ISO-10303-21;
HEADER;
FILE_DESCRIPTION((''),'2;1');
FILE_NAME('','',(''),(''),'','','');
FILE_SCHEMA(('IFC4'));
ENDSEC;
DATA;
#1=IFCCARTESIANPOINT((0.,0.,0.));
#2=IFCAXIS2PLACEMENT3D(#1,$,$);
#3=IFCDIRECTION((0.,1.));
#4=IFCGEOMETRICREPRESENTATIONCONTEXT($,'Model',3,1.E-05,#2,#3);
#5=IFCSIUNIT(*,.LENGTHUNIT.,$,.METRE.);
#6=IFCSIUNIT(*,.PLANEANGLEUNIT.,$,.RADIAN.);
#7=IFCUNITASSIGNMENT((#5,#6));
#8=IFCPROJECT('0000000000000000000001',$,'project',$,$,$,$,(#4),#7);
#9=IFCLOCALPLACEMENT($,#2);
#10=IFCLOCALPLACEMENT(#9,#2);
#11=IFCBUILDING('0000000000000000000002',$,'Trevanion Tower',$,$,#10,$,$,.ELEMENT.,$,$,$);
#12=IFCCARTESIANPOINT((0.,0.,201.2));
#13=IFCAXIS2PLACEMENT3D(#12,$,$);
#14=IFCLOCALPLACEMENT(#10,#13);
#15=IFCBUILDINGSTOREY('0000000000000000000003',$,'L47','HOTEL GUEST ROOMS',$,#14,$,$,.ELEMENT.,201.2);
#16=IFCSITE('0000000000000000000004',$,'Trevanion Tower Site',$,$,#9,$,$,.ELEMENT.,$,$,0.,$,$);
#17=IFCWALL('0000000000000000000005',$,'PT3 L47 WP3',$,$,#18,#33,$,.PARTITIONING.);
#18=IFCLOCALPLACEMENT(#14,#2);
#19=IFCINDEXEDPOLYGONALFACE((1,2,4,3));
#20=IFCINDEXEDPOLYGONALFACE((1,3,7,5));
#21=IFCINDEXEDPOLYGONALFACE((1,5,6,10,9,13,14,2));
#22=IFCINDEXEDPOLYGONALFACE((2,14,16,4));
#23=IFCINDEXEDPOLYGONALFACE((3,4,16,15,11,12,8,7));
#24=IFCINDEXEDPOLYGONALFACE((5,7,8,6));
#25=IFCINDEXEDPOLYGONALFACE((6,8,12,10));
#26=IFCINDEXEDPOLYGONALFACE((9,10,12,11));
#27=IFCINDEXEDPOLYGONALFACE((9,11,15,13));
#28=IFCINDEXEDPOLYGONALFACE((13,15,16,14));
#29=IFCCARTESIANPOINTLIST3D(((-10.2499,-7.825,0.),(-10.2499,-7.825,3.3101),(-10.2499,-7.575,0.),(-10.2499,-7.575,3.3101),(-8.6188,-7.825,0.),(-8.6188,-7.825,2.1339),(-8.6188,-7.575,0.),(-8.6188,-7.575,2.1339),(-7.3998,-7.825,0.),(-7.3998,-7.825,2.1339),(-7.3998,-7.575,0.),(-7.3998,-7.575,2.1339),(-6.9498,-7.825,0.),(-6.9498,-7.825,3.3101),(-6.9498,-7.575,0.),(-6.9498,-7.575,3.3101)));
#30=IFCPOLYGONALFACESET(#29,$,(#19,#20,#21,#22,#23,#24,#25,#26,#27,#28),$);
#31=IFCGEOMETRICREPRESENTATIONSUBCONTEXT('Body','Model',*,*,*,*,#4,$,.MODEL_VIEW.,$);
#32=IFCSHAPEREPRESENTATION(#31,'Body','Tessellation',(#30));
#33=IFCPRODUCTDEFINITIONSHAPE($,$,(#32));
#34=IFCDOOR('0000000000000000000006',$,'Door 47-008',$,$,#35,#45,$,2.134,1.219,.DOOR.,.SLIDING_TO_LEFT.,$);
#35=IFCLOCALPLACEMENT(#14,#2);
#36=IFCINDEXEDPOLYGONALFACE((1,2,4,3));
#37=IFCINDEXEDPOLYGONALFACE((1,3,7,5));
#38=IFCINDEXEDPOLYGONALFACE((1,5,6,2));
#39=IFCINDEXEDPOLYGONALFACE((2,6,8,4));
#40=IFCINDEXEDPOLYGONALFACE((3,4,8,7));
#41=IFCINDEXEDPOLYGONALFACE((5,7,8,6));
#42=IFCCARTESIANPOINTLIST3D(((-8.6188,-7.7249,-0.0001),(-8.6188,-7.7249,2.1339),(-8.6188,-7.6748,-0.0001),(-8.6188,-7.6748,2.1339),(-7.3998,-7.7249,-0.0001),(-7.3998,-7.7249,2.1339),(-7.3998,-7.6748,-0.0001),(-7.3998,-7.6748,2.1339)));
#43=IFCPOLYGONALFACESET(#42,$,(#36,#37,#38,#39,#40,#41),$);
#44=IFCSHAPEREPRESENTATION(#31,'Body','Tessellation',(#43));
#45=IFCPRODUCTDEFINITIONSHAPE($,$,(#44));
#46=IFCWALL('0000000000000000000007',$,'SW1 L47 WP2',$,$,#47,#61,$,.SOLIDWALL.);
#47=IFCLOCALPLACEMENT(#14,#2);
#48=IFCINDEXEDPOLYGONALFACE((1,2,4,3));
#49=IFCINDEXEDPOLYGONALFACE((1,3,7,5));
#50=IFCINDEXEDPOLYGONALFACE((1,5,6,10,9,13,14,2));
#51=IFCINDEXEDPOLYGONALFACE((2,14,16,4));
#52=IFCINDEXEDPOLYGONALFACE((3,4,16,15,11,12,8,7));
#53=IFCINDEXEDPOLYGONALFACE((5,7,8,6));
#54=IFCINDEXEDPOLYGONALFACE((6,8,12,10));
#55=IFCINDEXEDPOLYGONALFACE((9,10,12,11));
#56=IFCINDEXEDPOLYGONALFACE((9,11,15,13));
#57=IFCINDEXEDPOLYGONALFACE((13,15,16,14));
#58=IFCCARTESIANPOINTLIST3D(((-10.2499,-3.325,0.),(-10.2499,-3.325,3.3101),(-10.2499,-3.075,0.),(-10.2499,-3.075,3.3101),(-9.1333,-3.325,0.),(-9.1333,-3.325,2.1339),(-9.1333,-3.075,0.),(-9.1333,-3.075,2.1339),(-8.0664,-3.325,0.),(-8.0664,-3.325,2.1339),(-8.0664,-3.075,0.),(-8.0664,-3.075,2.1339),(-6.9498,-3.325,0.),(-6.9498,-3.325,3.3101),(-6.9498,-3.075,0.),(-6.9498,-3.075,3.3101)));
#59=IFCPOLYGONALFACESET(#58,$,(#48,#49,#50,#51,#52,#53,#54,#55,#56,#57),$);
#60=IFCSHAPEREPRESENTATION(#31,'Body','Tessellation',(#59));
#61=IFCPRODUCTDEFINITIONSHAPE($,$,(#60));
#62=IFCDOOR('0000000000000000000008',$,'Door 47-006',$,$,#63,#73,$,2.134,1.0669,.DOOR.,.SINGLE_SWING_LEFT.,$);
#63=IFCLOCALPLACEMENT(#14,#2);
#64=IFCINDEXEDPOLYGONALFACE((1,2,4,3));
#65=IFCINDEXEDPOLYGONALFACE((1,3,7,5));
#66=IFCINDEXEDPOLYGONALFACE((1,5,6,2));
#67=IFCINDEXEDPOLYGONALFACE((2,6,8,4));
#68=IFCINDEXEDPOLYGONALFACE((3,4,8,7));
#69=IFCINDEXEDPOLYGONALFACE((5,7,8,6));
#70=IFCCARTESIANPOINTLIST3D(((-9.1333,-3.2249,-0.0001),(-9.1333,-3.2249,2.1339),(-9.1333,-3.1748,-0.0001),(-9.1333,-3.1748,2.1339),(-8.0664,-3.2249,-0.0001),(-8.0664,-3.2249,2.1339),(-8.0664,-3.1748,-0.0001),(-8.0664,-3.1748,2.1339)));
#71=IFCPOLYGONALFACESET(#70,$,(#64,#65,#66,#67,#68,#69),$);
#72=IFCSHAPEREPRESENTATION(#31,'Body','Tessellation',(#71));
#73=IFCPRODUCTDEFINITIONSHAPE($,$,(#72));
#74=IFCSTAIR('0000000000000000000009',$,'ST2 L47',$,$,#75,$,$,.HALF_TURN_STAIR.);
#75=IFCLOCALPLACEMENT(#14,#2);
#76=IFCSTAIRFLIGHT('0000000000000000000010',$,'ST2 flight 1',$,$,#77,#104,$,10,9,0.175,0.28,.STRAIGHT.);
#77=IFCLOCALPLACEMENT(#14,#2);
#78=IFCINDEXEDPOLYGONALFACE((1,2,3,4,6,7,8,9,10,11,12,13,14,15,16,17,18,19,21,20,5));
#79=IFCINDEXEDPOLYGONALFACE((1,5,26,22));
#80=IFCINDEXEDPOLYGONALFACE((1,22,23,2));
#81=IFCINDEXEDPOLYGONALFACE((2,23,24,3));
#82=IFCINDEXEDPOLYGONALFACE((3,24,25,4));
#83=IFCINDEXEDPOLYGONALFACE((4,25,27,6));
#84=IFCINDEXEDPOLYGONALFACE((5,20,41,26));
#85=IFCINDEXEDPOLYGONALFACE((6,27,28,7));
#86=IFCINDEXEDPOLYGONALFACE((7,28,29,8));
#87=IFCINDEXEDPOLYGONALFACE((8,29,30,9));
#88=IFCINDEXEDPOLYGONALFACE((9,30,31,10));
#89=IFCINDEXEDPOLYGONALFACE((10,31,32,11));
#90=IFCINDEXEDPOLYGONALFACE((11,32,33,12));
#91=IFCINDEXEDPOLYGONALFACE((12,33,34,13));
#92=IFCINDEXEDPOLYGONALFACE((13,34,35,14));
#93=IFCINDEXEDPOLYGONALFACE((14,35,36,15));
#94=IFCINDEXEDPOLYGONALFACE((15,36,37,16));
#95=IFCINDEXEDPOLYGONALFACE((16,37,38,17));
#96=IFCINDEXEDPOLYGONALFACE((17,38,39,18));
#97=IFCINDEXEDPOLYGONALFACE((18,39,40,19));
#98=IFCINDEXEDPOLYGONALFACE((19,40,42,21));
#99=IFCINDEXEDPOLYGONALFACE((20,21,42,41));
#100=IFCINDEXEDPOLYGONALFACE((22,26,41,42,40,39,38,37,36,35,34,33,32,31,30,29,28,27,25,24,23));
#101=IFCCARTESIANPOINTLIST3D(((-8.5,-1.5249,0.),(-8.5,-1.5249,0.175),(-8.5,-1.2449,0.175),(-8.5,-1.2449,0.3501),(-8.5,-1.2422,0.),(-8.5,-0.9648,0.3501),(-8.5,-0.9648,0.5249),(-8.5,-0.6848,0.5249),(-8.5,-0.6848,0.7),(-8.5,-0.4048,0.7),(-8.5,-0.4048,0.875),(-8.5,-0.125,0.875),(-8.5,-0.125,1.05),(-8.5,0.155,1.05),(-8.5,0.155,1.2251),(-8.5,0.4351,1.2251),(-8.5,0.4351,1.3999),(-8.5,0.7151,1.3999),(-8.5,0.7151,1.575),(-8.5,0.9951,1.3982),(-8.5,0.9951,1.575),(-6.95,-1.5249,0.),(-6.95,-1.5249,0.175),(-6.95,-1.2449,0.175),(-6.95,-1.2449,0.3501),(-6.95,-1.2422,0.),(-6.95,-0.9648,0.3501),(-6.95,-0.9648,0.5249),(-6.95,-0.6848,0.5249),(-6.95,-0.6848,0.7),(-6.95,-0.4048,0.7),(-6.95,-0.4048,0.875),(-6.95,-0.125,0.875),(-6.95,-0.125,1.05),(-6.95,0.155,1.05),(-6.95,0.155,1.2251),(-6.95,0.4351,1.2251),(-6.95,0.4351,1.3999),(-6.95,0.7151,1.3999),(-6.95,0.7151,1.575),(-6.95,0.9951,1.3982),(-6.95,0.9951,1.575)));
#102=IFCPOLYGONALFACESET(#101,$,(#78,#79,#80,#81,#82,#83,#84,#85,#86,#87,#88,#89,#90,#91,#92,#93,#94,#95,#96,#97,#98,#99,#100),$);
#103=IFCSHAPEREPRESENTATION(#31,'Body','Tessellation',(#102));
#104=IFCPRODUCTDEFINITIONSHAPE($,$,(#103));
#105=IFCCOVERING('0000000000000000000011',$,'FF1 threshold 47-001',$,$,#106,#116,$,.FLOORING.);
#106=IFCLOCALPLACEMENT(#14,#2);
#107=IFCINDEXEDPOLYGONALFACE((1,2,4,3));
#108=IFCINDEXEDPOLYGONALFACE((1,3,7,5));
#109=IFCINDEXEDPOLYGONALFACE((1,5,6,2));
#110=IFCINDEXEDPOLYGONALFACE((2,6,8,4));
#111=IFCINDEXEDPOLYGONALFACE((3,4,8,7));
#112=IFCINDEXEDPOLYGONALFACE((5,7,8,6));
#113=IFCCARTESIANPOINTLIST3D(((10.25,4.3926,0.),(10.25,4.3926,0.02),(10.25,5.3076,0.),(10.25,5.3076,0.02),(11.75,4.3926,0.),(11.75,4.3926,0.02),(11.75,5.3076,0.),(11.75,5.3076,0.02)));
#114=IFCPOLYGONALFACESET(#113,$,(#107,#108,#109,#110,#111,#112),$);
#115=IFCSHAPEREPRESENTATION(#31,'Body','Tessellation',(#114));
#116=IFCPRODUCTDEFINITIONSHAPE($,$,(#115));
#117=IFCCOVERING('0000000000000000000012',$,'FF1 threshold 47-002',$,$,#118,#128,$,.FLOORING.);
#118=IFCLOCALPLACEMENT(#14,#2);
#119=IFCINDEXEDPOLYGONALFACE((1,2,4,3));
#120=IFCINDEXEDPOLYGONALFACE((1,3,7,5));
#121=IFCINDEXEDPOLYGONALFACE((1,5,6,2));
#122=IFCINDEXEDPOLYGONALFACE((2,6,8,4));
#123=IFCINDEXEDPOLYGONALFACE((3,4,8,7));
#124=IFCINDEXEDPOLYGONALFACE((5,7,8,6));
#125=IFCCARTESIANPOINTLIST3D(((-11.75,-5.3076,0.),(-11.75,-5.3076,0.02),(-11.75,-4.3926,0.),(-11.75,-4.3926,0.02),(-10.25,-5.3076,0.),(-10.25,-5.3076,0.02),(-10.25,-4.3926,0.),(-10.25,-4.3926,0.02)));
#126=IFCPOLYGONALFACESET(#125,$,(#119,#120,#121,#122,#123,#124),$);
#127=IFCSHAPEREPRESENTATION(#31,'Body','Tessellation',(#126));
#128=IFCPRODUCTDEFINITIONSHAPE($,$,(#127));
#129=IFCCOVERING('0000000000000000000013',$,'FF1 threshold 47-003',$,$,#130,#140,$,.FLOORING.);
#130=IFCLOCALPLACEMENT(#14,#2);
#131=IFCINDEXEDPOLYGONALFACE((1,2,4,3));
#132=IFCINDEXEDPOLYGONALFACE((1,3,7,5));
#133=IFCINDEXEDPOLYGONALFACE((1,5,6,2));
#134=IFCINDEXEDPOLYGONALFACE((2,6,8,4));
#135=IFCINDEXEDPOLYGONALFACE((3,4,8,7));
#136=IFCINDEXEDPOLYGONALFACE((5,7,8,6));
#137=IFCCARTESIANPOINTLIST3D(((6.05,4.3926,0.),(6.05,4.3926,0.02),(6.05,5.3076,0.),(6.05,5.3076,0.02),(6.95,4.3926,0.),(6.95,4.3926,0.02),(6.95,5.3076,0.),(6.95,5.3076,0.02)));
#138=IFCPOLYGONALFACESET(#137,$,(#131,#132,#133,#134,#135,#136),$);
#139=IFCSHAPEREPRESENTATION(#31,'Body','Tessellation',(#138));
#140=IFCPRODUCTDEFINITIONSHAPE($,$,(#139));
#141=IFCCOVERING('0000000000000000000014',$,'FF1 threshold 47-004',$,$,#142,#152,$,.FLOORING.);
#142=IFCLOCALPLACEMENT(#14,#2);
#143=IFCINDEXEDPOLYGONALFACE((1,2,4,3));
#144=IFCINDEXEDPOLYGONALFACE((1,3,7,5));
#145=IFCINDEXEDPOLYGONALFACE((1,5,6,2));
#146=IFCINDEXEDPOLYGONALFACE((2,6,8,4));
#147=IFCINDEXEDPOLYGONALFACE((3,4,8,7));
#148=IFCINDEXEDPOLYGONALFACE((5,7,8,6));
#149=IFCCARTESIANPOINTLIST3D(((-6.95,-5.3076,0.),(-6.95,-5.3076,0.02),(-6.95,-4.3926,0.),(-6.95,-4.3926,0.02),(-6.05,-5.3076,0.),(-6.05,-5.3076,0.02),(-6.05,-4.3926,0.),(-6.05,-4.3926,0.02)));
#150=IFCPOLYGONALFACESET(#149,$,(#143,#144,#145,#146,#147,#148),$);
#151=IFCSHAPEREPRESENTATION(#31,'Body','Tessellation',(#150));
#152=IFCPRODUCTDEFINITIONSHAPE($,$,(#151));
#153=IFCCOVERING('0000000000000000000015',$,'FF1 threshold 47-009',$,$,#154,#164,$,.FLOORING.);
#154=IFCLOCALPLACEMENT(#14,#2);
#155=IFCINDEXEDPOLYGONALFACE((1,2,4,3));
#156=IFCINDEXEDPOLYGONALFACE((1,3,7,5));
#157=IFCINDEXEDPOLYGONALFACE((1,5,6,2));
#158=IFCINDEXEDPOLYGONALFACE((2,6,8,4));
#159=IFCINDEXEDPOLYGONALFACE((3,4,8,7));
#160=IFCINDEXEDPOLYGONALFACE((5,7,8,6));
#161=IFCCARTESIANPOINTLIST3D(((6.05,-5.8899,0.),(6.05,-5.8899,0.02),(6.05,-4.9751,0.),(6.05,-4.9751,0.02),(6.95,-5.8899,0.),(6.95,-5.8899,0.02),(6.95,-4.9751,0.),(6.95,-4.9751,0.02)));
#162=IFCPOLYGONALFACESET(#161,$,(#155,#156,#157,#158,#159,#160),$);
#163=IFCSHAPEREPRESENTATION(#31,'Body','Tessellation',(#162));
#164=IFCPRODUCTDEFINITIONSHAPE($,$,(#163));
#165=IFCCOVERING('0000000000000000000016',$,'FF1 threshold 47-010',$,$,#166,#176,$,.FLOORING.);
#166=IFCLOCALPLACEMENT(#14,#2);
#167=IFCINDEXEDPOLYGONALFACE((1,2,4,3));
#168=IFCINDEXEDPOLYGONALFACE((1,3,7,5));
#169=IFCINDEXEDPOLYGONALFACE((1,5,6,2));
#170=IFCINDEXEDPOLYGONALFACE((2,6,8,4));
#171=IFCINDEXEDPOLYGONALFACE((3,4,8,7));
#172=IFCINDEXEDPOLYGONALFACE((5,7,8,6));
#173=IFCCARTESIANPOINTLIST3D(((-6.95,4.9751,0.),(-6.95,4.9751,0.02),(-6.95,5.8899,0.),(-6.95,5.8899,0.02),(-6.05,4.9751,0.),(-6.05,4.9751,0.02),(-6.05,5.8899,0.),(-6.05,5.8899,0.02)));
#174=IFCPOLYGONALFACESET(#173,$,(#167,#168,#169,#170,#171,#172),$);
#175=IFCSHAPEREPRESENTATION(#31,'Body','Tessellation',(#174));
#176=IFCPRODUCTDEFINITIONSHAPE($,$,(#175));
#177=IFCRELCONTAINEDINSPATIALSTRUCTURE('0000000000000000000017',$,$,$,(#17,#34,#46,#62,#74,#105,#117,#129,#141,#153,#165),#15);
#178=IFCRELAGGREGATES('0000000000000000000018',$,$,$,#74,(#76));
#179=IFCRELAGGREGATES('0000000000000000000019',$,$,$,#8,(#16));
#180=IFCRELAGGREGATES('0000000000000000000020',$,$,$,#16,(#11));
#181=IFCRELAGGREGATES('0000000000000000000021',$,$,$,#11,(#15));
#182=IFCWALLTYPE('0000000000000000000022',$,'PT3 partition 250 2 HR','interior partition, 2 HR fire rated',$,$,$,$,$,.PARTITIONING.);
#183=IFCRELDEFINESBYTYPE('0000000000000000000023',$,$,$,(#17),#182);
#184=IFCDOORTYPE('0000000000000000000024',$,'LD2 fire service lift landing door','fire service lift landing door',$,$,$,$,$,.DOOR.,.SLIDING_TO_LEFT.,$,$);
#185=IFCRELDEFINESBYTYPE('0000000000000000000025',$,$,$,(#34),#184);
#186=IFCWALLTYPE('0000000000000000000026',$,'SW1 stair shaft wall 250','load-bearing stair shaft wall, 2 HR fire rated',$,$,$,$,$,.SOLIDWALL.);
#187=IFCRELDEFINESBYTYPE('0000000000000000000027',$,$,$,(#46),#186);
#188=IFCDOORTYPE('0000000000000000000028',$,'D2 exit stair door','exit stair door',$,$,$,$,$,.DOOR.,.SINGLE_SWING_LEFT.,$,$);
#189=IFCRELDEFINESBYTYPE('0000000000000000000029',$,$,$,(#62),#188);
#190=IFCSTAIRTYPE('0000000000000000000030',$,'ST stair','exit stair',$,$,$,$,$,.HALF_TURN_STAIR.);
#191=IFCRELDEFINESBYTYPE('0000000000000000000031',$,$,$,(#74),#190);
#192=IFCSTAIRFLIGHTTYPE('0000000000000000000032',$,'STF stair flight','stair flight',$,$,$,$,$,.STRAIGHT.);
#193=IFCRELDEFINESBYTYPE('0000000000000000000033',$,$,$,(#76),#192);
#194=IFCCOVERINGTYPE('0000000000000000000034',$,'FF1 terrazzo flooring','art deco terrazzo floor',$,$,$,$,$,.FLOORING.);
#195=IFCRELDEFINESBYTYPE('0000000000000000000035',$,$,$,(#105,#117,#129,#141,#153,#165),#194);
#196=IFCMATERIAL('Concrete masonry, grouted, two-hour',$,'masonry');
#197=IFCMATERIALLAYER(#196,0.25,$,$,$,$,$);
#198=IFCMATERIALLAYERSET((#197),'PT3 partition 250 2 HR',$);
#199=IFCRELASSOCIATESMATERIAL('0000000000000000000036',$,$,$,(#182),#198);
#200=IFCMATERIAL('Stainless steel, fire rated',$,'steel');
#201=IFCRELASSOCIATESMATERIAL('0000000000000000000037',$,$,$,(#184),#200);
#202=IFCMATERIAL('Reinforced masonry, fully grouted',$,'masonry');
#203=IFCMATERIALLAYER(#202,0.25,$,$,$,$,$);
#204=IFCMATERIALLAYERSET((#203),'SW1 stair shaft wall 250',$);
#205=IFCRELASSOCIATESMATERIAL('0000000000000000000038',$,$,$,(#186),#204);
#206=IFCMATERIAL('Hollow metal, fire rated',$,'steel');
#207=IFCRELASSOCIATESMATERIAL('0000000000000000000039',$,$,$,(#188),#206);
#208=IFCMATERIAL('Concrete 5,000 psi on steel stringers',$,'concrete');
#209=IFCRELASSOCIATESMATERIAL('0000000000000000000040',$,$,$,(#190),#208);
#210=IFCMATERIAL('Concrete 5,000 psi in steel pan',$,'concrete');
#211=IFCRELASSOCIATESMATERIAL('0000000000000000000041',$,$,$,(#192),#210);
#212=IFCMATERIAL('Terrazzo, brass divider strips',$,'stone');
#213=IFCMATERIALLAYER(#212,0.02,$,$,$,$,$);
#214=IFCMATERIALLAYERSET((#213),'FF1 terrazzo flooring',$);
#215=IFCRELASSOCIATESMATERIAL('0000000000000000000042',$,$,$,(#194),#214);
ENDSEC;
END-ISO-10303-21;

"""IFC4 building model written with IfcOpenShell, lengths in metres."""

from ifc_helpers import new_model, si_unit, direction, frame, frame_2d, origin, place, context, subcontext, project, spatial, polyline, rectangle, outline, extrude, material, layer, layer_set, type_object, element, fill, aggregate, save


model = new_model("IFC4")

# Units and contexts
model_context = context("Model", 3, precision=1e-05, world=origin(), true_north=direction((0.0, 1.0)))
body_context = subcontext(model_context, "Body", "Model", "MODEL_VIEW")
ifc_project = project(units=[si_unit("LENGTHUNIT", "METRE"), si_unit("PLANEANGLEUNIT", "RADIAN")], contexts=[model_context])

# Site, building, storey
site_placement = place(None, origin())
site = spatial("IfcSite", under=ifc_project, at=site_placement, Name="Trevanion Tower Site", CompositionType="ELEMENT", RefElevation=0.0)
building_placement = place(site_placement, origin())
building = spatial("IfcBuilding", under=site, at=building_placement, Name="Trevanion Tower", CompositionType="ELEMENT")
storey_placement = place(building_placement, frame((0.0, 0.0, 201.2)))
storey = spatial("IfcBuildingStorey", under=building, at=storey_placement, Name="L47", Description="HOTEL GUEST ROOMS", CompositionType="ELEMENT", Elevation=201.2)

# Walls, openings, doors
ifc_material_1 = material(Name="Concrete masonry, grouted, two-hour", Category="masonry")
ifc_layer_1 = layer(ifc_material_1, 0.25)
ifc_layer_set_1 = layer_set([ifc_layer_1], Name="PT3 partition 250 2 HR")
wall_type_1 = type_object("IfcWallType", Name="PT3 partition 250 2 HR", Description="interior partition, 2 HR fire rated", PredefinedType="PARTITIONING", material=ifc_layer_set_1)
wall_1_placement = place(storey_placement, frame((-6.95, -7.7, 0.0), z_axis=(0.0, 0.0, 1.0), x_axis=(-1.0, 0.0, 0.0)))
wall_1 = element("IfcWall", 1, at=wall_1_placement, inside=storey, type_object=wall_type_1, Name="PT3 L47 WP3", PredefinedType="PARTITIONING", context=body_context, shape_type="SweptSolid", body=[
    extrude(rectangle(XDim=3.3, YDim=0.25, at=frame_2d((1.6499, 0.0))), origin(), (0.0, 0.0, 1.0), 3.3101),
])
opening_1_placement = place(wall_1_placement, frame((0.45, 0.0, 0.0)))
opening_1 = element("IfcOpeningElement", 2, at=opening_1_placement, cuts=wall_1, PredefinedType="OPENING", context=body_context, shape_type="SweptSolid", body=[
    extrude(rectangle(XDim=1.219, YDim=2.134, at=frame_2d((0.6094, 1.0669))), frame((0.0, 0.135, 0.0), z_axis=(0.0, -1.0, 0.0), x_axis=(1.0, 0.0, 0.0)), (0.0, 0.0, 1.0), 0.27),
])
ifc_material_2 = material(Name="Stainless steel, fire rated", Category="steel")
door_type_1 = type_object("IfcDoorType", Name="LD2 fire service lift landing door", Description="fire service lift landing door", OperationType="SLIDING_TO_LEFT", PredefinedType="DOOR", material=ifc_material_2)
door_1_placement = place(opening_1_placement, origin())
door_1 = element("IfcDoor", 3, at=door_1_placement, inside=storey, type_object=door_type_1, Name="Door 47-008", OperationType="SLIDING_TO_LEFT", OverallHeight=2.134, OverallWidth=1.219, PredefinedType="DOOR", context=body_context, shape_type="SweptSolid", body=[
    extrude(rectangle(XDim=1.219, YDim=2.134, at=frame_2d((0.6094, 1.0669))), frame((0.0, 0.0249, 0.0), z_axis=(0.0, -1.0, 0.0), x_axis=(1.0, 0.0, 0.0)), (0.0, 0.0, 1.0), 0.05),
])
fill(opening_1, door_1)
ifc_material_3 = material(Name="Reinforced masonry, fully grouted", Category="masonry")
ifc_layer_2 = layer(ifc_material_3, 0.25)
ifc_layer_set_2 = layer_set([ifc_layer_2], Name="SW1 stair shaft wall 250")
wall_type_2 = type_object("IfcWallType", Name="SW1 stair shaft wall 250", Description="load-bearing stair shaft wall, 2 HR fire rated", PredefinedType="SOLIDWALL", material=ifc_layer_set_2)
wall_2_placement = place(storey_placement, frame((-6.95, -3.2, 0.0), z_axis=(0.0, 0.0, 1.0), x_axis=(-1.0, 0.0, 0.0)))
wall_2 = element("IfcWall", 4, at=wall_2_placement, inside=storey, type_object=wall_type_2, Name="SW1 L47 WP2", PredefinedType="SOLIDWALL", context=body_context, shape_type="SweptSolid", body=[
    extrude(rectangle(XDim=3.3, YDim=0.25, at=frame_2d((1.6499, 0.0))), origin(), (0.0, 0.0, 1.0), 3.3101),
])
opening_2_placement = place(wall_2_placement, frame((1.1165, 0.0, 0.0)))
opening_2 = element("IfcOpeningElement", 5, at=opening_2_placement, cuts=wall_2, PredefinedType="OPENING", context=body_context, shape_type="SweptSolid", body=[
    extrude(rectangle(XDim=1.0669, YDim=2.134, at=frame_2d((0.5334, 1.0669))), frame((0.0, 0.135, 0.0), z_axis=(0.0, -1.0, 0.0), x_axis=(1.0, 0.0, 0.0)), (0.0, 0.0, 1.0), 0.27),
])
ifc_material_4 = material(Name="Hollow metal, fire rated", Category="steel")
door_type_2 = type_object("IfcDoorType", Name="D2 exit stair door", Description="exit stair door", OperationType="SINGLE_SWING_LEFT", PredefinedType="DOOR", material=ifc_material_4)
door_2_placement = place(opening_2_placement, origin())
door_2 = element("IfcDoor", 6, at=door_2_placement, inside=storey, type_object=door_type_2, Name="Door 47-006", OperationType="SINGLE_SWING_LEFT", OverallHeight=2.134, OverallWidth=1.0669, PredefinedType="DOOR", context=body_context, shape_type="SweptSolid", body=[
    extrude(rectangle(XDim=1.0669, YDim=2.134, at=frame_2d((0.5334, 1.0669))), frame((0.0, 0.0249, 0.0), z_axis=(0.0, -1.0, 0.0), x_axis=(1.0, 0.0, 0.0)), (0.0, 0.0, 1.0), 0.05),
])
fill(opening_2, door_2)

# Stair, stair flight
ifc_material_5 = material(Name="Concrete 5,000 psi on steel stringers", Category="concrete")
stair_type = type_object("IfcStairType", Name="ST stair", Description="exit stair", PredefinedType="HALF_TURN_STAIR", material=ifc_material_5)
stair_placement = place(storey_placement, origin())
stair = element("IfcStair", 7, at=stair_placement, inside=storey, type_object=stair_type, Name="ST2 L47", PredefinedType="HALF_TURN_STAIR")
ifc_material_6 = material(Name="Concrete 5,000 psi in steel pan", Category="concrete")
stair_flight_type = type_object("IfcStairFlightType", Name="STF stair flight", Description="stair flight", PredefinedType="STRAIGHT", material=ifc_material_6)
stair_flight_placement = place(storey_placement, frame((-7.7251, -1.5249, 0.0), z_axis=(0.0, 0.0, 1.0), x_axis=(0.0, 1.0, 0.0)))
stair_flight = element("IfcStairFlight", 8, at=stair_flight_placement, type_object=stair_flight_type, Name="ST2 flight 1", NumberOfRisers=10, NumberOfTreads=9, PredefinedType="STRAIGHT", RiserHeight=0.175, TreadLength=0.28, context=body_context, shape_type="SweptSolid", body=[
    extrude(outline(polyline([(0.0, 0.0), (0.0, 0.175), (0.28, 0.175), (0.28, 0.3501), (0.5601, 0.3501), (0.5601, 0.5249), (0.8401, 0.5249), (0.8401, 0.7), (1.1201, 0.7), (1.1201, 0.875), (1.3999, 0.875), (1.3999, 1.05), (1.6799, 1.05), (1.6799, 1.2251), (1.96, 1.2251), (1.96, 1.3999), (2.24, 1.3999), (2.24, 1.575), (2.52, 1.575), (2.52, 1.75), (2.52, 1.3982), (0.2827, 0.0), (0.0, 0.0)])), frame((0.0, 0.7749, 0.0), z_axis=(0.0, -1.0, 0.0), x_axis=(1.0, 0.0, 0.0)), (0.0, 0.0, 1.0), 1.55),
])
aggregate(stair, [stair_flight])

# Coverings
ifc_material_7 = material(Name="Terrazzo, brass divider strips", Category="stone")
ifc_layer_3 = layer(ifc_material_7, 0.02)
ifc_layer_set_3 = layer_set([ifc_layer_3], Name="FF1 terrazzo flooring")
covering_type = type_object("IfcCoveringType", Name="FF1 terrazzo flooring", Description="art deco terrazzo floor", PredefinedType="FLOORING", material=ifc_layer_set_3)
covering_1_placement = place(storey_placement, origin())
element("IfcCovering", 9, at=covering_1_placement, inside=storey, type_object=covering_type, Name="FF1 threshold 47-001", PredefinedType="FLOORING", context=body_context, shape_type="SweptSolid", body=[
    extrude(outline(polyline([(11.75, 4.3926), (11.75, 5.3076), (10.25, 5.3076), (10.25, 4.3926), (11.75, 4.3926)])), origin(), (0.0, 0.0, 1.0), 0.02),
])
covering_2_placement = place(storey_placement, origin())
element("IfcCovering", 10, at=covering_2_placement, inside=storey, type_object=covering_type, Name="FF1 threshold 47-002", PredefinedType="FLOORING", context=body_context, shape_type="SweptSolid", body=[
    extrude(outline(polyline([(-11.75, -4.3926), (-11.75, -5.3076), (-10.25, -5.3076), (-10.25, -4.3926), (-11.75, -4.3926)])), origin(), (0.0, 0.0, 1.0), 0.02),
])
covering_3_placement = place(storey_placement, origin())
element("IfcCovering", 11, at=covering_3_placement, inside=storey, type_object=covering_type, Name="FF1 threshold 47-003", PredefinedType="FLOORING", context=body_context, shape_type="SweptSolid", body=[
    extrude(outline(polyline([(6.95, 4.3926), (6.95, 5.3076), (6.05, 5.3076), (6.05, 4.3926), (6.95, 4.3926)])), origin(), (0.0, 0.0, 1.0), 0.02),
])
covering_4_placement = place(storey_placement, origin())
element("IfcCovering", 12, at=covering_4_placement, inside=storey, type_object=covering_type, Name="FF1 threshold 47-004", PredefinedType="FLOORING", context=body_context, shape_type="SweptSolid", body=[
    extrude(outline(polyline([(-6.95, -4.3926), (-6.95, -5.3076), (-6.05, -5.3076), (-6.05, -4.3926), (-6.95, -4.3926)])), origin(), (0.0, 0.0, 1.0), 0.02),
])
covering_5_placement = place(storey_placement, origin())
element("IfcCovering", 13, at=covering_5_placement, inside=storey, type_object=covering_type, Name="FF1 threshold 47-009", PredefinedType="FLOORING", context=body_context, shape_type="SweptSolid", body=[
    extrude(outline(polyline([(6.95, -5.8899), (6.95, -4.9751), (6.05, -4.9751), (6.05, -5.8899), (6.95, -5.8899)])), origin(), (0.0, 0.0, 1.0), 0.02),
])
covering_6_placement = place(storey_placement, origin())
element("IfcCovering", 14, at=covering_6_placement, inside=storey, type_object=covering_type, Name="FF1 threshold 47-010", PredefinedType="FLOORING", context=body_context, shape_type="SweptSolid", body=[
    extrude(outline(polyline([(-6.95, 5.8899), (-6.95, 4.9751), (-6.05, 4.9751), (-6.05, 5.8899), (-6.95, 5.8899)])), origin(), (0.0, 0.0, 1.0), 0.02),
])

save(model, "model.ifc")
